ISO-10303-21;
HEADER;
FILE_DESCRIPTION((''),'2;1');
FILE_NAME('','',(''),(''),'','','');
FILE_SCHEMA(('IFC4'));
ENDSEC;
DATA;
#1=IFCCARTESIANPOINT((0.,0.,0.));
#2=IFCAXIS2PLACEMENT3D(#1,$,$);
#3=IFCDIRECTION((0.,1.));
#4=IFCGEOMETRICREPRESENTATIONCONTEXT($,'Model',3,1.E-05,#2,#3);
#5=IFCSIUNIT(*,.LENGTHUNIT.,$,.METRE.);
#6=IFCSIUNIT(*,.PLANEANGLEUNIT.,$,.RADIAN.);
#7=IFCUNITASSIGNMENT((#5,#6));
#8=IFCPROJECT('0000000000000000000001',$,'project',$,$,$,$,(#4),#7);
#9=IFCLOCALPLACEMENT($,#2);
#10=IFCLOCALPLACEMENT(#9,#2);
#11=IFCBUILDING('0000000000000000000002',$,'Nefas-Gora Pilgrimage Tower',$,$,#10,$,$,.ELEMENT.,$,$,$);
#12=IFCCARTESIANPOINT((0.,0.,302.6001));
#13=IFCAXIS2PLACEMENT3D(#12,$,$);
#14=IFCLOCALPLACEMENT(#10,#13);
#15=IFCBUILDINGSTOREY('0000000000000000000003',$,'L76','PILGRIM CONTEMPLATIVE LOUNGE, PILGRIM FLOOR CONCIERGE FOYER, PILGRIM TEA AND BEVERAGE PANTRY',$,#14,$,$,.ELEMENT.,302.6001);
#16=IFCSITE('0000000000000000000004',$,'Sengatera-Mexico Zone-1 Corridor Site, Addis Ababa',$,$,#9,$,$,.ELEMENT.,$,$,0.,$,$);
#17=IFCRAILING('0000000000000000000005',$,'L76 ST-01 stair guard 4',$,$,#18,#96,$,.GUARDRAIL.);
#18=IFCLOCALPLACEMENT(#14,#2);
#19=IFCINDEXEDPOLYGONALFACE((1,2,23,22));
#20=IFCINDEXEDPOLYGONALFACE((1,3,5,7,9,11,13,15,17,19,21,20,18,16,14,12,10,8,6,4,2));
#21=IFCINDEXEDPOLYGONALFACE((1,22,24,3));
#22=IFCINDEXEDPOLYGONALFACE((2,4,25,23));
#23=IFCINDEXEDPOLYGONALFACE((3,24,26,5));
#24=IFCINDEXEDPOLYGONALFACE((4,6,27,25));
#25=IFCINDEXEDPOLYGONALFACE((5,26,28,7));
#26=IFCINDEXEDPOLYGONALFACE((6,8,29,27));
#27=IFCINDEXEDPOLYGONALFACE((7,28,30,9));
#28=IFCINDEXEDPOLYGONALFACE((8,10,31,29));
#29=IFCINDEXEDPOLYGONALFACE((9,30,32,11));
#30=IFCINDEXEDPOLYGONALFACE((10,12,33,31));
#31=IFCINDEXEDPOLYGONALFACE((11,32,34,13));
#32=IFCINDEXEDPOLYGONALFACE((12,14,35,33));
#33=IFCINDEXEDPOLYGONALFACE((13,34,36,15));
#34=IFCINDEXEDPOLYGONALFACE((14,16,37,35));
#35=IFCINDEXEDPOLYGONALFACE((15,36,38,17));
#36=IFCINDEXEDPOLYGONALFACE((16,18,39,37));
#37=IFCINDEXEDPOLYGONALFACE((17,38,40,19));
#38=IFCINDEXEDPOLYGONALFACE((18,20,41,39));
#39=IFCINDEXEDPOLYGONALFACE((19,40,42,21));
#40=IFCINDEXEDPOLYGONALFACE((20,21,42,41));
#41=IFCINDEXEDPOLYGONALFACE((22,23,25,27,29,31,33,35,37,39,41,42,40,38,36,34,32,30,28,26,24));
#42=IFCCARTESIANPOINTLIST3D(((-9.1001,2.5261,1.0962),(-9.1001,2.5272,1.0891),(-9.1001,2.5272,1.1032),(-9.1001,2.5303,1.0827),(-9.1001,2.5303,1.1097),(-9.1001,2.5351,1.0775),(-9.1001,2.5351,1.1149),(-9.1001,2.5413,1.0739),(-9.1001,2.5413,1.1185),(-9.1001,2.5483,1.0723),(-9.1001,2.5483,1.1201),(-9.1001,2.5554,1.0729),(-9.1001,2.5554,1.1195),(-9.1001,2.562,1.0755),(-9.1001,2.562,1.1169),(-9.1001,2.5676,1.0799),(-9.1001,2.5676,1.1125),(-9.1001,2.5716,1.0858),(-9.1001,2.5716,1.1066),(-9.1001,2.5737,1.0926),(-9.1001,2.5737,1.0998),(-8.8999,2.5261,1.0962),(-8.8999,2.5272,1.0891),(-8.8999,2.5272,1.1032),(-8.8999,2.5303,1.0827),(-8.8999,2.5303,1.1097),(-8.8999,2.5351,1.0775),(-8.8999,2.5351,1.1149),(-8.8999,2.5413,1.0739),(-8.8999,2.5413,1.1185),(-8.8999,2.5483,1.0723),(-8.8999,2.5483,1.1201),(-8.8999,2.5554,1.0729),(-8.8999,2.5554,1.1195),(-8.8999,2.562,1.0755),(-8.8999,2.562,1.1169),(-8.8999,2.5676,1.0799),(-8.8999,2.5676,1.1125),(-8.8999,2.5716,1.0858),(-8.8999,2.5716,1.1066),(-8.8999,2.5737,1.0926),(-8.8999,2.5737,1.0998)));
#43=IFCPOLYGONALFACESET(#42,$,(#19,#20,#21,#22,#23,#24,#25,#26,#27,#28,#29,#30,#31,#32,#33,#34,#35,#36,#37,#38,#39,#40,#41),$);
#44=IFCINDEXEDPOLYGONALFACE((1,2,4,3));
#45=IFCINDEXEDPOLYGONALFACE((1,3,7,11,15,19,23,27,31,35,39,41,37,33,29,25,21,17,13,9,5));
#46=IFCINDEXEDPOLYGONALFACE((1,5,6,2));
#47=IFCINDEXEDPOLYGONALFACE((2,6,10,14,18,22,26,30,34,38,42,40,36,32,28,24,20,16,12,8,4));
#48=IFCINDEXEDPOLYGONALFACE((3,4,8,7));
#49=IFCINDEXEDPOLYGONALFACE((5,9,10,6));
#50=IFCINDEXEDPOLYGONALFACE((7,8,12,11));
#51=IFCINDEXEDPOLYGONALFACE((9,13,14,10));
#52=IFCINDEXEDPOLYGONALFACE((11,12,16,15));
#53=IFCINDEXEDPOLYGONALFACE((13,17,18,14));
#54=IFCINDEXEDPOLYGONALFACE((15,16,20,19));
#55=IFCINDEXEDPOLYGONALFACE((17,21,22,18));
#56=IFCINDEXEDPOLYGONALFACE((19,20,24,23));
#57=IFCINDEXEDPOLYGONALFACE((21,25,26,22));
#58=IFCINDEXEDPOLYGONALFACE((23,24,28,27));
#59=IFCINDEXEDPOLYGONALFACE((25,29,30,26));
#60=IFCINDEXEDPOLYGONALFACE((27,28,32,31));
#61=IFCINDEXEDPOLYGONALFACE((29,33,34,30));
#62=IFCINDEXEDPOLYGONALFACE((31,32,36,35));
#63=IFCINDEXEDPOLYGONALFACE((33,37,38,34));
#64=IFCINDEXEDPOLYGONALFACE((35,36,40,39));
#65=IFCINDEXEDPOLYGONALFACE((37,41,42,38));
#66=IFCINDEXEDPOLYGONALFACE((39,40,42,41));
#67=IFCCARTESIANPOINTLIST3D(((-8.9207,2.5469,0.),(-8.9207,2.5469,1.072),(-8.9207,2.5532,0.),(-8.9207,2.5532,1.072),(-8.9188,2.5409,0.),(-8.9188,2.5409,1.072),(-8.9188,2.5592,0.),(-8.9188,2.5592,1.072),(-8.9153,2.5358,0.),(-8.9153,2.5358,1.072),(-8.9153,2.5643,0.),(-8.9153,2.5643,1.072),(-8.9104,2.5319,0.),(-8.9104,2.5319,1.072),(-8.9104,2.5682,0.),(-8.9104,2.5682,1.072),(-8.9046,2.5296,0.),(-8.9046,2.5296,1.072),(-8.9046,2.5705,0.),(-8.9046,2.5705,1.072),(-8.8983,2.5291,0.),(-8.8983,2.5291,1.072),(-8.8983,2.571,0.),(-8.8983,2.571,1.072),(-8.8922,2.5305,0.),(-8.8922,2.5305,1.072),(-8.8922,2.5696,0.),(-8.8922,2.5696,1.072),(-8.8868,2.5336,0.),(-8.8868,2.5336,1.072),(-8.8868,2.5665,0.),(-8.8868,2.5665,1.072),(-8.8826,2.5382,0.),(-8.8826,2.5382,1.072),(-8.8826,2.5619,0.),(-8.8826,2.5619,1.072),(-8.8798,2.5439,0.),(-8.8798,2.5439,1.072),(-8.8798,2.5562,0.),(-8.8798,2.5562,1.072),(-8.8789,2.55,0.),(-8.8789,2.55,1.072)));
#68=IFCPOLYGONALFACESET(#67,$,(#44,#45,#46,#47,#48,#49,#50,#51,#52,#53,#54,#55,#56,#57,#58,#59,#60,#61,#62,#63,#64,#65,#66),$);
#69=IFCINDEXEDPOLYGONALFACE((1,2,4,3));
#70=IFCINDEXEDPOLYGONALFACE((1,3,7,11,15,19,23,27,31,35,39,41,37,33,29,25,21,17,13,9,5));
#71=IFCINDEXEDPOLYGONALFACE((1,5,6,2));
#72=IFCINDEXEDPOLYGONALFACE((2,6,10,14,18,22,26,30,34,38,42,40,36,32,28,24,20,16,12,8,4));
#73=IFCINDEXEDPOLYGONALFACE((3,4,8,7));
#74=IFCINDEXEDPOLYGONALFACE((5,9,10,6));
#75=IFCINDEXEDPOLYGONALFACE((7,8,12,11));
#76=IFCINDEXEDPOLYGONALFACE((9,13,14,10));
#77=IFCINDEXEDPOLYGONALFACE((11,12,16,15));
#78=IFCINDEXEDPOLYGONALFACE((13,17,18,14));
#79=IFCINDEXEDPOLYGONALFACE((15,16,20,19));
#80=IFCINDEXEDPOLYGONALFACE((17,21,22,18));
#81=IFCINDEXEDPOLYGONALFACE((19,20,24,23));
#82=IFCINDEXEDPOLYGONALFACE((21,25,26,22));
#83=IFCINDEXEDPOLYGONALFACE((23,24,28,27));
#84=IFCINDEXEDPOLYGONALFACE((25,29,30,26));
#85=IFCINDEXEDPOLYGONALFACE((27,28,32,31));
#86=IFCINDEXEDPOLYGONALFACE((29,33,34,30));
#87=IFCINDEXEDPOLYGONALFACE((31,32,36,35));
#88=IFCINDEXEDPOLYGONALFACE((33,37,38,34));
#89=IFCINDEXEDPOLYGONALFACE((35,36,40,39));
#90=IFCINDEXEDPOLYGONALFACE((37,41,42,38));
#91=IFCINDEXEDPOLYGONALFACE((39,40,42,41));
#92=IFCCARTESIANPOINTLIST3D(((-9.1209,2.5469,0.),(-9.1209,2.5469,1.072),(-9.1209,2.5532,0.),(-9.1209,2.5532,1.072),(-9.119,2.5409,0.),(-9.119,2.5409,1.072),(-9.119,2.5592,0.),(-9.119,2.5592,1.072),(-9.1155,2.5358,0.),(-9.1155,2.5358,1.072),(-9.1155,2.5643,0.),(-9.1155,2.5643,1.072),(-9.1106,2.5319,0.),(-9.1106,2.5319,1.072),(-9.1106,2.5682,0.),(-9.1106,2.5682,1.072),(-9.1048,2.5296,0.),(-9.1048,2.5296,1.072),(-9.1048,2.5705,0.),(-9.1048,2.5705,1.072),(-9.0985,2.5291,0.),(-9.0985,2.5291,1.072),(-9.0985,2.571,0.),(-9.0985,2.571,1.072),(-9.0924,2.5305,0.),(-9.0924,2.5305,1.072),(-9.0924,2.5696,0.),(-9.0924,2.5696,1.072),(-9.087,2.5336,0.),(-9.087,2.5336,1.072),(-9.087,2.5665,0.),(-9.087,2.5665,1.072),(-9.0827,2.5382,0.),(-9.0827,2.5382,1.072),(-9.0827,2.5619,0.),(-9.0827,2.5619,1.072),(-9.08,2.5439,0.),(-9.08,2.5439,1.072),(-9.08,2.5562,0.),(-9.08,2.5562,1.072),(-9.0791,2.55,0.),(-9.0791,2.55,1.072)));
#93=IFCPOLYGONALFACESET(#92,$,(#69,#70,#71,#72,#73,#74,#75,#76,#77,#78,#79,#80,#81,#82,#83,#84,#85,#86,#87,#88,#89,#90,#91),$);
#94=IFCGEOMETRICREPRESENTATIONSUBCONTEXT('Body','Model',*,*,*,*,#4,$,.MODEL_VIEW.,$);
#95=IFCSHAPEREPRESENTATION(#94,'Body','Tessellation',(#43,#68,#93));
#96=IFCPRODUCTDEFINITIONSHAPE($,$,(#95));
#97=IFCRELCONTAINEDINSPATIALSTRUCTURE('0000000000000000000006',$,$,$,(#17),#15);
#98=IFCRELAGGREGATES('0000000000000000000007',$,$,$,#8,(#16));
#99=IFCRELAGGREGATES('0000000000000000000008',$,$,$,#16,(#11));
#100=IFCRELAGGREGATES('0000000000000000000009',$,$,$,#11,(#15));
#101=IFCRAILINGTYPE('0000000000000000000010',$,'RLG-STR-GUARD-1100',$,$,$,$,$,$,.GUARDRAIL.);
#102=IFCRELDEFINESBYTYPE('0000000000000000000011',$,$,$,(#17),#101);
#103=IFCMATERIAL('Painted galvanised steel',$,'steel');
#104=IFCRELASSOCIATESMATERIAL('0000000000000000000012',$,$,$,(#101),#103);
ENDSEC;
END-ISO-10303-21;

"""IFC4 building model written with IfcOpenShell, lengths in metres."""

from ifc_helpers import new_model, si_unit, direction, frame, origin, origin_2d, place, context, subcontext, project, spatial, circle, extrude, material, type_object, element, save


model = new_model("IFC4")

# Units and contexts
model_context = context("Model", 3, precision=1e-05, world=origin(), true_north=direction((0.0, 1.0)))
body_context = subcontext(model_context, "Body", "Model", "MODEL_VIEW")
ifc_project = project(units=[si_unit("LENGTHUNIT", "METRE"), si_unit("PLANEANGLEUNIT", "RADIAN")], contexts=[model_context])

# Site, building, storey
site_placement = place(None, origin())
site = spatial("IfcSite", under=ifc_project, at=site_placement, Name="Sengatera-Mexico Zone-1 Corridor Site, Addis Ababa", CompositionType="ELEMENT", RefElevation=0.0)
building_placement = place(site_placement, origin())
building = spatial("IfcBuilding", under=site, at=building_placement, Name="Nefas-Gora Pilgrimage Tower", CompositionType="ELEMENT")
storey_placement = place(building_placement, frame((0.0, 0.0, 302.6001)))
storey = spatial("IfcBuildingStorey", under=building, at=storey_placement, Name="L76", Description="PILGRIM CONTEMPLATIVE LOUNGE, PILGRIM FLOOR CONCIERGE FOYER, PILGRIM TEA AND BEVERAGE PANTRY", CompositionType="ELEMENT", Elevation=302.6001)

# Railing
ifc_material_1 = material(Name="Painted galvanised steel", Category="steel")
railing_type_1 = type_object("IfcRailingType", Name="RLG-STR-GUARD-1100", PredefinedType="GUARDRAIL", material=ifc_material_1)
railing_1_placement = place(storey_placement, frame((-8.8999, 2.55, 0.0)))
element("IfcRailing", 1, at=railing_1_placement, inside=storey, type_object=railing_type_1, Name="L76 ST-01 stair guard 4", PredefinedType="GUARDRAIL", context=body_context, shape_type="SweptSolid", body=[
    extrude(circle(Radius=0.0239, at=origin_2d()), frame((0.0, 0.0, 1.0962), z_axis=(-1.0, 0.0, 0.0), x_axis=(0.0, -1.0, 0.0)), (0.0, 0.0, 1.0), 0.2002),
    extrude(circle(Radius=0.021, at=origin_2d()), origin(), (0.0, 0.0, 1.0), 1.072),
    extrude(circle(Radius=0.021, at=origin_2d()), frame((-0.2002, 0.0, 0.0)), (0.0, 0.0, 1.0), 1.072),
])

save(model, "model.ifc")
